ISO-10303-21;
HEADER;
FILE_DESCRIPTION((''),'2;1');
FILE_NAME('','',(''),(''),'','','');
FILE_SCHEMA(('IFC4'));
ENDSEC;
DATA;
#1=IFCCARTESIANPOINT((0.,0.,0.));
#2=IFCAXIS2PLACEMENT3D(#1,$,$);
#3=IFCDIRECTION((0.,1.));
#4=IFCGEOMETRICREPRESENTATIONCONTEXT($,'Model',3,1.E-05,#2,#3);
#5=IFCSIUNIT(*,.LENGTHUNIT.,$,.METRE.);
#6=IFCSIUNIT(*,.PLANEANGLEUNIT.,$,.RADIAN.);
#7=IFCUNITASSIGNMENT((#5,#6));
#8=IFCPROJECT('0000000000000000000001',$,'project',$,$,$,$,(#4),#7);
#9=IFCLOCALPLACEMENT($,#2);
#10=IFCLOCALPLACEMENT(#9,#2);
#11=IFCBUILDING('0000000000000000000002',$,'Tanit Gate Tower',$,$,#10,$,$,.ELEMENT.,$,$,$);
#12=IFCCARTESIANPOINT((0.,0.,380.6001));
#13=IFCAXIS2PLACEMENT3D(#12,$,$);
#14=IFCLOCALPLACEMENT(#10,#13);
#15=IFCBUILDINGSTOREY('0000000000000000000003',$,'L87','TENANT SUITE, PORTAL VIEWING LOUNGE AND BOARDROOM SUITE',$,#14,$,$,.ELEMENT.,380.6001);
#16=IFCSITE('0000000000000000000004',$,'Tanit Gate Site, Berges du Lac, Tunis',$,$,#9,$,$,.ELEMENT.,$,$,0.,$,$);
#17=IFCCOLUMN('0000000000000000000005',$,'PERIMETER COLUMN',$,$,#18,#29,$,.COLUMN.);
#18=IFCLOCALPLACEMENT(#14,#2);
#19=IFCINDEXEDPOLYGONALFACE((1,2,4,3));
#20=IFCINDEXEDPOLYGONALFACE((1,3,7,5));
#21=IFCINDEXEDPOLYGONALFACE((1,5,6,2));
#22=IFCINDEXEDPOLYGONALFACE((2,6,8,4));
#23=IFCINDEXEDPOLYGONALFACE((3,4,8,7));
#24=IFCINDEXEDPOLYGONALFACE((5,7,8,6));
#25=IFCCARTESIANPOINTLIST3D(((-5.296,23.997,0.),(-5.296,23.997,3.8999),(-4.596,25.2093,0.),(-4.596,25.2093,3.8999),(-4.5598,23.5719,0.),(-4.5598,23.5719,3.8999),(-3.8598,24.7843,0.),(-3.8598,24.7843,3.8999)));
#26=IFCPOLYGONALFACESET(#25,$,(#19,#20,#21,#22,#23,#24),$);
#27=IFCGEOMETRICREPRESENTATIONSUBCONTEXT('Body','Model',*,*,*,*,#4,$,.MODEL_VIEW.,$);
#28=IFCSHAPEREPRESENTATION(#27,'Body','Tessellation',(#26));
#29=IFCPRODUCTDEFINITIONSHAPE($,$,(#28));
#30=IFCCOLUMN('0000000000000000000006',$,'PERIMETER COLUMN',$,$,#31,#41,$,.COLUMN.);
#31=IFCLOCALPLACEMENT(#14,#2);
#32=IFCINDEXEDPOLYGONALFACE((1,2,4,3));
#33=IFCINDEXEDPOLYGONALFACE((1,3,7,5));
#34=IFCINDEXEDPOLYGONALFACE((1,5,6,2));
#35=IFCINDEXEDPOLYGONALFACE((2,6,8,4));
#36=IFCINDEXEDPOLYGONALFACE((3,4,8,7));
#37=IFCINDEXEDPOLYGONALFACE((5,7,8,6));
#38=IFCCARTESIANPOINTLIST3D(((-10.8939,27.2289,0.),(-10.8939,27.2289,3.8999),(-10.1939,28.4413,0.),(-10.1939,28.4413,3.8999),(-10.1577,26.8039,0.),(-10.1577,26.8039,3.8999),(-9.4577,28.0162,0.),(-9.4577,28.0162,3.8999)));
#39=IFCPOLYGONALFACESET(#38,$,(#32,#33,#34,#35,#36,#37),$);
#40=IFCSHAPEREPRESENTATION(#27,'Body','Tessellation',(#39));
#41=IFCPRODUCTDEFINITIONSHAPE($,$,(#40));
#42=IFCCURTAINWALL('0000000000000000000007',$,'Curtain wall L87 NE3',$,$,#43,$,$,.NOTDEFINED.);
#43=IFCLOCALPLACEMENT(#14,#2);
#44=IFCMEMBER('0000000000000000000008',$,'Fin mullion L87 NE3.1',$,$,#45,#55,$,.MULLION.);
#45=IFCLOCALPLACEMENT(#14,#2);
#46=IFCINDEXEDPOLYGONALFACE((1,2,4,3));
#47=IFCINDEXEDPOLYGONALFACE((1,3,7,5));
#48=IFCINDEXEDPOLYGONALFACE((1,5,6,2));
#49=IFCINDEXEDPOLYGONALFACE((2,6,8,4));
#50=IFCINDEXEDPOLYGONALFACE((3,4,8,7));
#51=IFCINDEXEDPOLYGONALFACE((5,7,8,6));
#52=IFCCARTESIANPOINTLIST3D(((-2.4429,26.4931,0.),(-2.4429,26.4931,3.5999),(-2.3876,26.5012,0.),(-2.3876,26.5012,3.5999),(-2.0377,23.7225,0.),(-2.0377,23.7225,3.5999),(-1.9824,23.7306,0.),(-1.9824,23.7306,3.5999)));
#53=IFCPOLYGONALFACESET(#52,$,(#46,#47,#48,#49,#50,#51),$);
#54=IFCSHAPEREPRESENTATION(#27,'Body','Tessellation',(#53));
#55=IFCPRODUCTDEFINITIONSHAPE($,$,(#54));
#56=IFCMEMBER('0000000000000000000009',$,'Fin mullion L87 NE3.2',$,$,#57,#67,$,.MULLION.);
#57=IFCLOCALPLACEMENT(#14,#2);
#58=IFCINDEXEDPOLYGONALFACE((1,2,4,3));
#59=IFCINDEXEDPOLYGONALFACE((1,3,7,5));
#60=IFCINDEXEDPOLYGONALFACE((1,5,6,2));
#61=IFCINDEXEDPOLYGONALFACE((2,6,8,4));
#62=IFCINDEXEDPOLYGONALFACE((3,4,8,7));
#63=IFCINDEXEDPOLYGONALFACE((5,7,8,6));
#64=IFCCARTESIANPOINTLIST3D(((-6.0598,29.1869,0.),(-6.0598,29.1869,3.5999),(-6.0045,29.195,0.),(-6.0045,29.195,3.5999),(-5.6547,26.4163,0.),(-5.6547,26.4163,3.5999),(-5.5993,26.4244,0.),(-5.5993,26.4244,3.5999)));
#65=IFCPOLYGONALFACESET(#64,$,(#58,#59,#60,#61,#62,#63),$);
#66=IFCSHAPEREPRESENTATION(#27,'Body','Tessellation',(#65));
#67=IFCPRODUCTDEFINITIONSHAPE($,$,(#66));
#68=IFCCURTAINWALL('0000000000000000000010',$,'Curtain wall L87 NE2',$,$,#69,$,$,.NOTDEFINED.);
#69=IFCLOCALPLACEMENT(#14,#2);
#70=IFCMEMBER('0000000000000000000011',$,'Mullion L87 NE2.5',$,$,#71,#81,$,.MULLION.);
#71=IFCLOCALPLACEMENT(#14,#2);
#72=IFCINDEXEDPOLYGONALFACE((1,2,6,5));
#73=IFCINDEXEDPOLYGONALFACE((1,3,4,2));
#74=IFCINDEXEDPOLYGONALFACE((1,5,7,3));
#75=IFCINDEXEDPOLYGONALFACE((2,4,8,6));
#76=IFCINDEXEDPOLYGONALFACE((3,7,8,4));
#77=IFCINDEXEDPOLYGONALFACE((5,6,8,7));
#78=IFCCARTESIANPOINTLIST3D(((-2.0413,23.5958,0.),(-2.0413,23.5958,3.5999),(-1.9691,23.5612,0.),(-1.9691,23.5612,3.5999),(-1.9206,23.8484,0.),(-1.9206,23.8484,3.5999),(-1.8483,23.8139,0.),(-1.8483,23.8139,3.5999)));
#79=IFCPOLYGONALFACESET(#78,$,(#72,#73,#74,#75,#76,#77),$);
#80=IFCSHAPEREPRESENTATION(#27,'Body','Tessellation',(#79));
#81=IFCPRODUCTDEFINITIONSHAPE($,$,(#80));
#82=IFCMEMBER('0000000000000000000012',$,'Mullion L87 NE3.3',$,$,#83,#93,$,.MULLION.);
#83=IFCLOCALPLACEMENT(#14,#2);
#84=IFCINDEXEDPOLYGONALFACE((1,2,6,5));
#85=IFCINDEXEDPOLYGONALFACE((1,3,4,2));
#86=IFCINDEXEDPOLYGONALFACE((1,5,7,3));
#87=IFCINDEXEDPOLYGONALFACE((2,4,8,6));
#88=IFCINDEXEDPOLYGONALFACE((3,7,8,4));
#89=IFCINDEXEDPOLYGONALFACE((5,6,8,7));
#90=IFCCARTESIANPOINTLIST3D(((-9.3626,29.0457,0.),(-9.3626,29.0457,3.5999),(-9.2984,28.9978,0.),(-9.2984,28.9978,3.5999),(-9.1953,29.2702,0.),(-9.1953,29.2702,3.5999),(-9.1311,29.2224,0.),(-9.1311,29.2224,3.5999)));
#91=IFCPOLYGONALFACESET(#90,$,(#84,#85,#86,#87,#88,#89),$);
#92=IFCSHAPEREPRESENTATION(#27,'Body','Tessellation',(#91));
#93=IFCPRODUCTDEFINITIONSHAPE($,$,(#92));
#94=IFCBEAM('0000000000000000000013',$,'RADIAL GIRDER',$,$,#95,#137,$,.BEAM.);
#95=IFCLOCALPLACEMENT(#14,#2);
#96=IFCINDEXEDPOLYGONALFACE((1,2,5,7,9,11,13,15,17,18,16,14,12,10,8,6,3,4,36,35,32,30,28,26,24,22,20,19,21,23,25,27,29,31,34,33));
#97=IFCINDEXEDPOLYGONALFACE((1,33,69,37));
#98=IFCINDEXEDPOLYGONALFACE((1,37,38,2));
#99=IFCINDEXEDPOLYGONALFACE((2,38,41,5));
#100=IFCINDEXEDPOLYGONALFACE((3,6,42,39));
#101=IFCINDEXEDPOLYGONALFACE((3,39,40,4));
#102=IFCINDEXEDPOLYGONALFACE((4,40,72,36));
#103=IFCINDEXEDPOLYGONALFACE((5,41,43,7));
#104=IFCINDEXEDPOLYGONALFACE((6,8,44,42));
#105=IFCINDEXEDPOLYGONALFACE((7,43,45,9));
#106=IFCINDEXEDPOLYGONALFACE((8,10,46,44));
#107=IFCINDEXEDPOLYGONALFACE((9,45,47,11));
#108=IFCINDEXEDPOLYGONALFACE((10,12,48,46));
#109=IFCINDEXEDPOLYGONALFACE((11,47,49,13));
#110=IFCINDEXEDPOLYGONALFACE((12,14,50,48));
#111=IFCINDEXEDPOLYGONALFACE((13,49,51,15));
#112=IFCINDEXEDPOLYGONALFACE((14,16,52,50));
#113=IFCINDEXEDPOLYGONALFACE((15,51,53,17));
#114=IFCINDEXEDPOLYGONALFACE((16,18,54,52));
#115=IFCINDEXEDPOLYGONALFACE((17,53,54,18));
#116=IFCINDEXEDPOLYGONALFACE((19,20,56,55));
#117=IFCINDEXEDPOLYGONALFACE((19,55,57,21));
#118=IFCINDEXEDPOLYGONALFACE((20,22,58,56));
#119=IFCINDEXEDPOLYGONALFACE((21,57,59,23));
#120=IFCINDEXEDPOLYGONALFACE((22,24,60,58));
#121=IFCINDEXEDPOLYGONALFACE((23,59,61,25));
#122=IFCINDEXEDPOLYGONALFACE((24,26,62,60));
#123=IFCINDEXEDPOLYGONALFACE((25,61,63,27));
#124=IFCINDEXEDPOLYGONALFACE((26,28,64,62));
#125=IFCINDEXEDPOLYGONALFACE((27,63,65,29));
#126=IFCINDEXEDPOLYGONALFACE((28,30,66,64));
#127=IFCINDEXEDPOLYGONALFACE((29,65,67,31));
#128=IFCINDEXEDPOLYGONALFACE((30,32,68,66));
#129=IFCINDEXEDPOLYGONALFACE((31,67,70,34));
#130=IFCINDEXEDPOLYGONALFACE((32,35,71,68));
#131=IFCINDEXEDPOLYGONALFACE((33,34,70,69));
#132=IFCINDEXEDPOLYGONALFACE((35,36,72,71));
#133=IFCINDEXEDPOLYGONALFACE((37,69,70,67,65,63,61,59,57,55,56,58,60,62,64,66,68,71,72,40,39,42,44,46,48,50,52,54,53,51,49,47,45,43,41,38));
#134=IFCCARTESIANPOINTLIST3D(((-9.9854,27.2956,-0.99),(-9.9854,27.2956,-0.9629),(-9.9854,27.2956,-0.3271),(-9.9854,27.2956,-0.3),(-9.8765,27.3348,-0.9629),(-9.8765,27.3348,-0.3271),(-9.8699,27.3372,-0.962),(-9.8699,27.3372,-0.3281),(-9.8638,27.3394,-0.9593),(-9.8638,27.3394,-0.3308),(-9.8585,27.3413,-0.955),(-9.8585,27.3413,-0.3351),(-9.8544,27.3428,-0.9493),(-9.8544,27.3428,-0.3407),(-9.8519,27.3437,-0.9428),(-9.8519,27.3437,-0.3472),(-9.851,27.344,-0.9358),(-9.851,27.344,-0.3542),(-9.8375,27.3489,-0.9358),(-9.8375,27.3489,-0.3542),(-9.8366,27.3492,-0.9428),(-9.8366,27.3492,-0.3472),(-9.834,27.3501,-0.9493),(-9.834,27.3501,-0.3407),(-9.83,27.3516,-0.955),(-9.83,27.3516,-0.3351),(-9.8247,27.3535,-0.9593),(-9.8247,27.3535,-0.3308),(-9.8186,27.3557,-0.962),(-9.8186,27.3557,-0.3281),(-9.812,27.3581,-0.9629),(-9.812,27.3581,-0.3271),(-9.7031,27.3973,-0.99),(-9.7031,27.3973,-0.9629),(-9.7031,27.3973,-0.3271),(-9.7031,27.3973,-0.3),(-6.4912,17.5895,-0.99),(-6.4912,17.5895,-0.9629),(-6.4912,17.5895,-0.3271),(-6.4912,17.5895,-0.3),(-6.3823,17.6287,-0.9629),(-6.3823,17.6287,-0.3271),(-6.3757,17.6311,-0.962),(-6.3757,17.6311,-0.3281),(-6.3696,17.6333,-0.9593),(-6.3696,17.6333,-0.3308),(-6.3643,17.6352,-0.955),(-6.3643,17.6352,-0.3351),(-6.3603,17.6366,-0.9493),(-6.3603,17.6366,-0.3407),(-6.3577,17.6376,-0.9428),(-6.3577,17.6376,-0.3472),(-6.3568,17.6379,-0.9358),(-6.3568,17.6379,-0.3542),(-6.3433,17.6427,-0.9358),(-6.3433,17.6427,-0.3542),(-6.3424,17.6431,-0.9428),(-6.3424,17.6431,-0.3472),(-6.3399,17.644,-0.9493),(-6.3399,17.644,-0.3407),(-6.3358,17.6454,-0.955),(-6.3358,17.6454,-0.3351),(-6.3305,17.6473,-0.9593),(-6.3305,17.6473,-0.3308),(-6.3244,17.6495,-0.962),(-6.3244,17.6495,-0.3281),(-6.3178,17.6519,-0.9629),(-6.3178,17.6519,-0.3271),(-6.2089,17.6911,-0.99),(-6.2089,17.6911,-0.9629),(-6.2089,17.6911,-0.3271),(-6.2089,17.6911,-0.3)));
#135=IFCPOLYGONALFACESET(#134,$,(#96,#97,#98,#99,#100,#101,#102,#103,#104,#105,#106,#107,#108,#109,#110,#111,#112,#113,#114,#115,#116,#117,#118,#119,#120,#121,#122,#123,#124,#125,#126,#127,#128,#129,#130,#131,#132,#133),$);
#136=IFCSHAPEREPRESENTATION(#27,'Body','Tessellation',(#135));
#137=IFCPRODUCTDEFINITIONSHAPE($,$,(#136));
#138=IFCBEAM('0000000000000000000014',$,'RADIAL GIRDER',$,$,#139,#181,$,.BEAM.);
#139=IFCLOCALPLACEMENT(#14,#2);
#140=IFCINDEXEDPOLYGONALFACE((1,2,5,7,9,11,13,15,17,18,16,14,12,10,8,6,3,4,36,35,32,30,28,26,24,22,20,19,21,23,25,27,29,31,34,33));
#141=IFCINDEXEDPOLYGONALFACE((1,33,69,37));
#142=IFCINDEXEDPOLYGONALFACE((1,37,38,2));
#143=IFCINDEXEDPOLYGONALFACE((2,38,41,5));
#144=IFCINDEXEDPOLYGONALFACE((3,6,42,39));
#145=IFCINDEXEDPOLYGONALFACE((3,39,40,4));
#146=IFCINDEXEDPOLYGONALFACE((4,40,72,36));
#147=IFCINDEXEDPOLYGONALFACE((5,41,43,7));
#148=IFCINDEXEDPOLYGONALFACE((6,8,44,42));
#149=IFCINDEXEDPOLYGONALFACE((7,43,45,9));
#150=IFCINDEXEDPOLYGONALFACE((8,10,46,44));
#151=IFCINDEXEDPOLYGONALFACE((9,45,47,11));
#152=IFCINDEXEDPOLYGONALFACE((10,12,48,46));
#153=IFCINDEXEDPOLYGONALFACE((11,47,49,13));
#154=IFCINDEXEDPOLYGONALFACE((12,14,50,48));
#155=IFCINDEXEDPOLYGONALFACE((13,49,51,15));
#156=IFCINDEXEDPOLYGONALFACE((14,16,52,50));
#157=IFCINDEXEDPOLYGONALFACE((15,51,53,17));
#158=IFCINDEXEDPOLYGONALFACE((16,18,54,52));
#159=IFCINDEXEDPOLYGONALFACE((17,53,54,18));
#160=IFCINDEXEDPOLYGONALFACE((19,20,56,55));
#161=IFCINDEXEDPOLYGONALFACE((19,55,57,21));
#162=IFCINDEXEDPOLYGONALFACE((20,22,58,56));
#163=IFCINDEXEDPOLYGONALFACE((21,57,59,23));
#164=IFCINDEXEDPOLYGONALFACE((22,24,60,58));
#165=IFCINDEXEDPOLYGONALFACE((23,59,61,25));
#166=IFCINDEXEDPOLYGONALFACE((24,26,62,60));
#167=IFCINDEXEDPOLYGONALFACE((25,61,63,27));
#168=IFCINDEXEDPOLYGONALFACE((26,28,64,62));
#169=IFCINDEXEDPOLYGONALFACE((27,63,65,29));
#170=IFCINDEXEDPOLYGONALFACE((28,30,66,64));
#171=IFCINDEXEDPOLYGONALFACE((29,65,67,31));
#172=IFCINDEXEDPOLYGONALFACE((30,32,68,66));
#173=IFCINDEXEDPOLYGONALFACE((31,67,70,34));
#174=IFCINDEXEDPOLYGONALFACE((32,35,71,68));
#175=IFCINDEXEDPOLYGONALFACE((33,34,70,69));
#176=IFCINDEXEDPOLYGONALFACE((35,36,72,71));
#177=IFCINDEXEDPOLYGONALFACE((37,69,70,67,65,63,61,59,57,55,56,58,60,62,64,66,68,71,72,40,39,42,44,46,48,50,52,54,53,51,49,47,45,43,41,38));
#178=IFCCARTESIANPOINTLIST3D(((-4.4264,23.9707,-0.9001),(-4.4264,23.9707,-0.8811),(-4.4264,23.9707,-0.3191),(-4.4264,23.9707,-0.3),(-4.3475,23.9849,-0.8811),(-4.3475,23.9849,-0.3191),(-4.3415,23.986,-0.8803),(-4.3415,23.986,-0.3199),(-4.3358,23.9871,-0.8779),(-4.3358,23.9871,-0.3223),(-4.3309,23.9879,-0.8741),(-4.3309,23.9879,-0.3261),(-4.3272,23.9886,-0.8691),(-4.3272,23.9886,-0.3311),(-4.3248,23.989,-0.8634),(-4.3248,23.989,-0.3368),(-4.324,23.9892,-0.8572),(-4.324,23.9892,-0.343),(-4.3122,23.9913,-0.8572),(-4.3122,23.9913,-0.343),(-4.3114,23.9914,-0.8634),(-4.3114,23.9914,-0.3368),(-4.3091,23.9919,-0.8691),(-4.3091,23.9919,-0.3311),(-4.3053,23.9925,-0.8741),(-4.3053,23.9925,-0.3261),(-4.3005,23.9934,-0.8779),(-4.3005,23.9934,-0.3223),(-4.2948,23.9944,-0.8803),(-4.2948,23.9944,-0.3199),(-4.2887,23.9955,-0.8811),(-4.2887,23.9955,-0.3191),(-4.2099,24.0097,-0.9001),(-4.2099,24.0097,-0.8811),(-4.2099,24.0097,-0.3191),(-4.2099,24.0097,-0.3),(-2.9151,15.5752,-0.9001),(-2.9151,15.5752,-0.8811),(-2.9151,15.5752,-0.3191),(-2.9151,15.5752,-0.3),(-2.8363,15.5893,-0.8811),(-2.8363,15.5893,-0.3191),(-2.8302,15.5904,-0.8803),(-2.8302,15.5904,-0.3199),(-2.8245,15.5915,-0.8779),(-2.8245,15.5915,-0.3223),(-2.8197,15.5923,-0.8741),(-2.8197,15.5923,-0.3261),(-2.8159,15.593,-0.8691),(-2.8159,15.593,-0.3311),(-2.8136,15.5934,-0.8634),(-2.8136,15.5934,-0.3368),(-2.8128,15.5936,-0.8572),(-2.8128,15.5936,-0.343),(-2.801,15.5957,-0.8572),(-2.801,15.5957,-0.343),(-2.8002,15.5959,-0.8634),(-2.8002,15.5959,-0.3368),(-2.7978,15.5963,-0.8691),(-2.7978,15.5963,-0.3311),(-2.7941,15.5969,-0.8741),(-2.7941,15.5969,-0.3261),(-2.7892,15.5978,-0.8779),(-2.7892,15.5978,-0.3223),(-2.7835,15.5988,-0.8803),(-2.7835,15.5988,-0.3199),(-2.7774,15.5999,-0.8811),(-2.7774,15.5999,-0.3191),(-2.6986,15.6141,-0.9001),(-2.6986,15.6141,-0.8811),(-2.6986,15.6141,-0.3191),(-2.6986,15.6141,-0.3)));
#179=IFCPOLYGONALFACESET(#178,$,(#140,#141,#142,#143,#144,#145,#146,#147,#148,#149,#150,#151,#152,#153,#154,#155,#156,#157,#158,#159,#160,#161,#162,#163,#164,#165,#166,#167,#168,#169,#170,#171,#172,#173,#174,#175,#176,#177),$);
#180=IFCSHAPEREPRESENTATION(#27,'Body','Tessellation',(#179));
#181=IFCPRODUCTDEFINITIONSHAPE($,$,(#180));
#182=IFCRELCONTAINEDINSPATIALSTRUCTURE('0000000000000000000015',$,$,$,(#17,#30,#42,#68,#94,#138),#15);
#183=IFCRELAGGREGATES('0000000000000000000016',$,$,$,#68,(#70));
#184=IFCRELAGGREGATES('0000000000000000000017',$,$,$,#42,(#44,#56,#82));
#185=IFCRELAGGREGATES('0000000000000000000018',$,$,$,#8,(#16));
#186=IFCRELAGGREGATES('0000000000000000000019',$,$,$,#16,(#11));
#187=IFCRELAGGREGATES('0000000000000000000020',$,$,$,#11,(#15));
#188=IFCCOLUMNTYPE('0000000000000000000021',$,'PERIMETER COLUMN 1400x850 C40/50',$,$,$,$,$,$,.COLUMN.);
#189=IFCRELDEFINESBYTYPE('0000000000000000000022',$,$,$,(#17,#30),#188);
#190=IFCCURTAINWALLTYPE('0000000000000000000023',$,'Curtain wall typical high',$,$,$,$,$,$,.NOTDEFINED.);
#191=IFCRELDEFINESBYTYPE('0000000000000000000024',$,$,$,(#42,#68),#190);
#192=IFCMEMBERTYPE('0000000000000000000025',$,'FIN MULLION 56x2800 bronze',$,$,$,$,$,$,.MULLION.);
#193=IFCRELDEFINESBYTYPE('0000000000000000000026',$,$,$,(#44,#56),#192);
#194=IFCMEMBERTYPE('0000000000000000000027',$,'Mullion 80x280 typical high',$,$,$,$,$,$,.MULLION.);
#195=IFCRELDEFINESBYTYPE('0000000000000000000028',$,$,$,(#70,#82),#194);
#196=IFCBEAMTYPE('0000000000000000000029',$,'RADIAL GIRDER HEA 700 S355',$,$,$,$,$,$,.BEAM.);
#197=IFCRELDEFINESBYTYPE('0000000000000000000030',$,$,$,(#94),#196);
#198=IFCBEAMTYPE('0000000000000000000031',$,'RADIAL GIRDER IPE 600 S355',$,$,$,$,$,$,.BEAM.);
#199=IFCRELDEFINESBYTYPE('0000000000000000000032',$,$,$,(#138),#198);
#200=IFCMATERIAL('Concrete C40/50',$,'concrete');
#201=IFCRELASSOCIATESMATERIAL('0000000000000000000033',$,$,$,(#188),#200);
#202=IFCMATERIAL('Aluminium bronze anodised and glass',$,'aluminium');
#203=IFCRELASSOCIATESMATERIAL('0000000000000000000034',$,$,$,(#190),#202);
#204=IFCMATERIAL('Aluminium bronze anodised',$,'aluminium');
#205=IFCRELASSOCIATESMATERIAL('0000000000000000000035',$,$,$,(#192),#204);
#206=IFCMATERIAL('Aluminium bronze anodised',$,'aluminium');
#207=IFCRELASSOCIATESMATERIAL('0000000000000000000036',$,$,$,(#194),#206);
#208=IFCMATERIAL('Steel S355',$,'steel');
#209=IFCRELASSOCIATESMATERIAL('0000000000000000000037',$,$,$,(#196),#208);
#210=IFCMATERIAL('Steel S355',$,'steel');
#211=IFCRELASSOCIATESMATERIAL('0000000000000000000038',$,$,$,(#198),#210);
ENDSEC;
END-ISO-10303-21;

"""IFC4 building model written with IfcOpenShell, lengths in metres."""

from ifc_helpers import new_model, si_unit, direction, frame, origin, origin_2d, place, context, subcontext, project, spatial, rectangle, i_section, extrude, material, material_profile, profile_set, type_object, element, aggregate, save


model = new_model("IFC4")

# Units and contexts
model_context = context("Model", 3, precision=1e-05, world=origin(), true_north=direction((0.0, 1.0)))
body_context = subcontext(model_context, "Body", "Model", "MODEL_VIEW")
ifc_project = project(units=[si_unit("LENGTHUNIT", "METRE"), si_unit("PLANEANGLEUNIT", "RADIAN")], contexts=[model_context])

# Site, building, storey
site_placement = place(None, origin())
site = spatial("IfcSite", under=ifc_project, at=site_placement, Name="Tanit Gate Site, Berges du Lac, Tunis", CompositionType="ELEMENT", RefElevation=0.0)
building_placement = place(site_placement, origin())
building = spatial("IfcBuilding", under=site, at=building_placement, Name="Tanit Gate Tower", CompositionType="ELEMENT")
storey_placement = place(building_placement, frame((0.0, 0.0, 380.6001)))
storey = spatial("IfcBuildingStorey", under=building, at=storey_placement, Name="L87", Description="TENANT SUITE, PORTAL VIEWING LOUNGE AND BOARDROOM SUITE", CompositionType="ELEMENT", Elevation=380.6001)

# Columns
ifc_material_1 = material(Name="Concrete C40/50", Category="concrete")
ifc_material_profile_1 = material_profile(ifc_material_1, rectangle(XDim=1.3999, YDim=0.8501, at=origin_2d()), Name="RC 1400x850")
ifc_profile_set_1 = profile_set([ifc_material_profile_1], Name="Concrete C40/50")
column_type = type_object("IfcColumnType", Name="PERIMETER COLUMN 1400x850 C40/50", PredefinedType="COLUMN", material=ifc_profile_set_1)
for number, where, z_axis, x_axis, name in (
    (1, (-4.5779, 24.3906, 0.0), (0.0, 0.0, 1.0), (0.5, 0.866025, 0.0), "PERIMETER COLUMN"),
    (2, (-10.1758, 27.6226, 0.0), (0.0, 0.0, 1.0), (0.5, 0.866025, 0.0), "PERIMETER COLUMN"),
):
    element("IfcColumn", number, at=place(storey_placement, frame(where, z_axis=z_axis, x_axis=x_axis)), inside=storey, type_object=column_type, Name=name, PredefinedType="COLUMN", context=body_context, shape_type="SweptSolid", body=[
        extrude(rectangle(XDim=1.3999, YDim=0.8501, at=origin_2d()), origin(), (0.0, 0.0, 1.0), 3.8999),
    ])

# Curtain wall, members
ifc_material_2 = material(Name="Aluminium bronze anodised and glass", Category="aluminium")
curtain_wall_type = type_object("IfcCurtainWallType", Name="Curtain wall typical high", PredefinedType="NOTDEFINED", material=ifc_material_2)
curtain_wall_1_placement = place(storey_placement, origin())
curtain_wall_1 = element("IfcCurtainWall", 3, at=curtain_wall_1_placement, inside=storey, type_object=curtain_wall_type, Name="Curtain wall L87 NE3", PredefinedType="NOTDEFINED")
ifc_material_3 = material(Name="Aluminium bronze anodised", Category="aluminium")
ifc_material_profile_2 = material_profile(ifc_material_3, rectangle(XDim=2.8, YDim=0.0559, at=origin_2d()), Name="56x2800 bronze fin mullion")
ifc_profile_set_2 = profile_set([ifc_material_profile_2], Name="Aluminium bronze anodised")
member_type_1 = type_object("IfcMemberType", Name="FIN MULLION 56x2800 bronze", PredefinedType="MULLION", material=ifc_profile_set_2)
member_1_placement = place(storey_placement, frame((-2.2126, 25.1118, 0.0), z_axis=(0.0, 0.0, 1.0), x_axis=(0.144707, -0.989474, 0.0)))
member_1 = element("IfcMember", 4, at=member_1_placement, type_object=member_type_1, Name="Fin mullion L87 NE3.1", PredefinedType="MULLION", context=body_context, shape_type="SweptSolid", body=[
    extrude(rectangle(XDim=2.8, YDim=0.0559, at=origin_2d()), origin(), (0.0, 0.0, 1.0), 3.5999),
])
member_2_placement = place(storey_placement, frame((-5.8296, 27.8057, 0.0), z_axis=(0.0, 0.0, 1.0), x_axis=(0.144707, -0.989474, 0.0)))
member_2 = element("IfcMember", 5, at=member_2_placement, type_object=member_type_1, Name="Fin mullion L87 NE3.2", PredefinedType="MULLION", context=body_context, shape_type="SweptSolid", body=[
    extrude(rectangle(XDim=2.8, YDim=0.0559, at=origin_2d()), origin(), (0.0, 0.0, 1.0), 3.5999),
])

# Curtain wall, member
curtain_wall_2_placement = place(storey_placement, origin())
curtain_wall_2 = element("IfcCurtainWall", 6, at=curtain_wall_2_placement, inside=storey, type_object=curtain_wall_type, Name="Curtain wall L87 NE2", PredefinedType="NOTDEFINED")
ifc_material_4 = material(Name="Aluminium bronze anodised", Category="aluminium")
ifc_material_profile_3 = material_profile(ifc_material_4, rectangle(XDim=0.28, YDim=0.0801, at=origin_2d()), Name="80x280 bronze mullion")
ifc_profile_set_3 = profile_set([ifc_material_profile_3], Name="Aluminium bronze anodised")
member_type_2 = type_object("IfcMemberType", Name="Mullion 80x280 typical high", PredefinedType="MULLION", material=ifc_profile_set_3)
member_3_placement = place(storey_placement, frame((-1.9448, 23.7048, 0.0), z_axis=(0.0, 0.0, 1.0), x_axis=(-0.431073, -0.902317, 0.0)))
member_3 = element("IfcMember", 7, at=member_3_placement, type_object=member_type_2, Name="Mullion L87 NE2.5", PredefinedType="MULLION", context=body_context, shape_type="SweptSolid", body=[
    extrude(rectangle(XDim=0.28, YDim=0.0801, at=origin_2d()), origin(), (0.0, 0.0, 1.0), 3.5999),
])
aggregate(curtain_wall_2, [member_3])

# Member
member_4_placement = place(storey_placement, frame((-9.2468, 29.134, 0.0), z_axis=(0.0, 0.0, 1.0), x_axis=(-0.597341, -0.801988, 0.0)))
member_4 = element("IfcMember", 8, at=member_4_placement, type_object=member_type_2, Name="Mullion L87 NE3.3", PredefinedType="MULLION", context=body_context, shape_type="SweptSolid", body=[
    extrude(rectangle(XDim=0.28, YDim=0.0801, at=origin_2d()), origin(), (0.0, 0.0, 1.0), 3.5999),
])

# Beams
ifc_material_5 = material(Name="Steel S355", Category="steel")
ifc_material_profile_4 = material_profile(ifc_material_5, i_section(OverallWidth=0.3, OverallDepth=0.6899, WebThickness=0.0144, FlangeThickness=0.0271, FilletRadius=0.0271, at=origin_2d()), Name="HEA 700")
ifc_profile_set_4 = profile_set([ifc_material_profile_4], Name="Steel S355")
beam_type_1 = type_object("IfcBeamType", Name="RADIAL GIRDER HEA 700 S355", PredefinedType="BEAM", material=ifc_profile_set_4)
beam_1_placement = place(storey_placement, frame((-9.8442, 27.3464, -0.645), z_axis=(0.338716, -0.940889, 0.0), x_axis=(0.940889, 0.338716, 0.0)))
element("IfcBeam", 9, at=beam_1_placement, inside=storey, type_object=beam_type_1, Name="RADIAL GIRDER", PredefinedType="BEAM", context=body_context, shape_type="SweptSolid", body=[
    extrude(i_section(OverallWidth=0.3, OverallDepth=0.6899, WebThickness=0.0144, FlangeThickness=0.0271, FilletRadius=0.0271, at=origin_2d()), origin(), (0.0, 0.0, 1.0), 10.3159),
])
ifc_material_6 = material(Name="Steel S355", Category="steel")
ifc_material_profile_5 = material_profile(ifc_material_6, i_section(OverallWidth=0.22, OverallDepth=0.6001, WebThickness=0.012, FlangeThickness=0.019, FilletRadius=0.0239, at=origin_2d()), Name="IPE 600")
ifc_profile_set_5 = profile_set([ifc_material_profile_5], Name="Steel S355")
beam_type_2 = type_object("IfcBeamType", Name="RADIAL GIRDER IPE 600 S355", PredefinedType="BEAM", material=ifc_profile_set_5)
beam_2_placement = place(storey_placement, frame((-4.3181, 23.9902, -0.6001), z_axis=(0.177157, -0.984183, 0.0), x_axis=(0.984183, 0.177157, 0.0)))
element("IfcBeam", 10, at=beam_2_placement, inside=storey, type_object=beam_type_2, Name="RADIAL GIRDER", PredefinedType="BEAM", context=body_context, shape_type="SweptSolid", body=[
    extrude(i_section(OverallWidth=0.22, OverallDepth=0.6001, WebThickness=0.012, FlangeThickness=0.019, FilletRadius=0.0239, at=origin_2d()), origin(), (0.0, 0.0, 1.0), 8.5305),
])

aggregate(curtain_wall_1, [member_1, member_2, member_4])

save(model, "model.ifc")
